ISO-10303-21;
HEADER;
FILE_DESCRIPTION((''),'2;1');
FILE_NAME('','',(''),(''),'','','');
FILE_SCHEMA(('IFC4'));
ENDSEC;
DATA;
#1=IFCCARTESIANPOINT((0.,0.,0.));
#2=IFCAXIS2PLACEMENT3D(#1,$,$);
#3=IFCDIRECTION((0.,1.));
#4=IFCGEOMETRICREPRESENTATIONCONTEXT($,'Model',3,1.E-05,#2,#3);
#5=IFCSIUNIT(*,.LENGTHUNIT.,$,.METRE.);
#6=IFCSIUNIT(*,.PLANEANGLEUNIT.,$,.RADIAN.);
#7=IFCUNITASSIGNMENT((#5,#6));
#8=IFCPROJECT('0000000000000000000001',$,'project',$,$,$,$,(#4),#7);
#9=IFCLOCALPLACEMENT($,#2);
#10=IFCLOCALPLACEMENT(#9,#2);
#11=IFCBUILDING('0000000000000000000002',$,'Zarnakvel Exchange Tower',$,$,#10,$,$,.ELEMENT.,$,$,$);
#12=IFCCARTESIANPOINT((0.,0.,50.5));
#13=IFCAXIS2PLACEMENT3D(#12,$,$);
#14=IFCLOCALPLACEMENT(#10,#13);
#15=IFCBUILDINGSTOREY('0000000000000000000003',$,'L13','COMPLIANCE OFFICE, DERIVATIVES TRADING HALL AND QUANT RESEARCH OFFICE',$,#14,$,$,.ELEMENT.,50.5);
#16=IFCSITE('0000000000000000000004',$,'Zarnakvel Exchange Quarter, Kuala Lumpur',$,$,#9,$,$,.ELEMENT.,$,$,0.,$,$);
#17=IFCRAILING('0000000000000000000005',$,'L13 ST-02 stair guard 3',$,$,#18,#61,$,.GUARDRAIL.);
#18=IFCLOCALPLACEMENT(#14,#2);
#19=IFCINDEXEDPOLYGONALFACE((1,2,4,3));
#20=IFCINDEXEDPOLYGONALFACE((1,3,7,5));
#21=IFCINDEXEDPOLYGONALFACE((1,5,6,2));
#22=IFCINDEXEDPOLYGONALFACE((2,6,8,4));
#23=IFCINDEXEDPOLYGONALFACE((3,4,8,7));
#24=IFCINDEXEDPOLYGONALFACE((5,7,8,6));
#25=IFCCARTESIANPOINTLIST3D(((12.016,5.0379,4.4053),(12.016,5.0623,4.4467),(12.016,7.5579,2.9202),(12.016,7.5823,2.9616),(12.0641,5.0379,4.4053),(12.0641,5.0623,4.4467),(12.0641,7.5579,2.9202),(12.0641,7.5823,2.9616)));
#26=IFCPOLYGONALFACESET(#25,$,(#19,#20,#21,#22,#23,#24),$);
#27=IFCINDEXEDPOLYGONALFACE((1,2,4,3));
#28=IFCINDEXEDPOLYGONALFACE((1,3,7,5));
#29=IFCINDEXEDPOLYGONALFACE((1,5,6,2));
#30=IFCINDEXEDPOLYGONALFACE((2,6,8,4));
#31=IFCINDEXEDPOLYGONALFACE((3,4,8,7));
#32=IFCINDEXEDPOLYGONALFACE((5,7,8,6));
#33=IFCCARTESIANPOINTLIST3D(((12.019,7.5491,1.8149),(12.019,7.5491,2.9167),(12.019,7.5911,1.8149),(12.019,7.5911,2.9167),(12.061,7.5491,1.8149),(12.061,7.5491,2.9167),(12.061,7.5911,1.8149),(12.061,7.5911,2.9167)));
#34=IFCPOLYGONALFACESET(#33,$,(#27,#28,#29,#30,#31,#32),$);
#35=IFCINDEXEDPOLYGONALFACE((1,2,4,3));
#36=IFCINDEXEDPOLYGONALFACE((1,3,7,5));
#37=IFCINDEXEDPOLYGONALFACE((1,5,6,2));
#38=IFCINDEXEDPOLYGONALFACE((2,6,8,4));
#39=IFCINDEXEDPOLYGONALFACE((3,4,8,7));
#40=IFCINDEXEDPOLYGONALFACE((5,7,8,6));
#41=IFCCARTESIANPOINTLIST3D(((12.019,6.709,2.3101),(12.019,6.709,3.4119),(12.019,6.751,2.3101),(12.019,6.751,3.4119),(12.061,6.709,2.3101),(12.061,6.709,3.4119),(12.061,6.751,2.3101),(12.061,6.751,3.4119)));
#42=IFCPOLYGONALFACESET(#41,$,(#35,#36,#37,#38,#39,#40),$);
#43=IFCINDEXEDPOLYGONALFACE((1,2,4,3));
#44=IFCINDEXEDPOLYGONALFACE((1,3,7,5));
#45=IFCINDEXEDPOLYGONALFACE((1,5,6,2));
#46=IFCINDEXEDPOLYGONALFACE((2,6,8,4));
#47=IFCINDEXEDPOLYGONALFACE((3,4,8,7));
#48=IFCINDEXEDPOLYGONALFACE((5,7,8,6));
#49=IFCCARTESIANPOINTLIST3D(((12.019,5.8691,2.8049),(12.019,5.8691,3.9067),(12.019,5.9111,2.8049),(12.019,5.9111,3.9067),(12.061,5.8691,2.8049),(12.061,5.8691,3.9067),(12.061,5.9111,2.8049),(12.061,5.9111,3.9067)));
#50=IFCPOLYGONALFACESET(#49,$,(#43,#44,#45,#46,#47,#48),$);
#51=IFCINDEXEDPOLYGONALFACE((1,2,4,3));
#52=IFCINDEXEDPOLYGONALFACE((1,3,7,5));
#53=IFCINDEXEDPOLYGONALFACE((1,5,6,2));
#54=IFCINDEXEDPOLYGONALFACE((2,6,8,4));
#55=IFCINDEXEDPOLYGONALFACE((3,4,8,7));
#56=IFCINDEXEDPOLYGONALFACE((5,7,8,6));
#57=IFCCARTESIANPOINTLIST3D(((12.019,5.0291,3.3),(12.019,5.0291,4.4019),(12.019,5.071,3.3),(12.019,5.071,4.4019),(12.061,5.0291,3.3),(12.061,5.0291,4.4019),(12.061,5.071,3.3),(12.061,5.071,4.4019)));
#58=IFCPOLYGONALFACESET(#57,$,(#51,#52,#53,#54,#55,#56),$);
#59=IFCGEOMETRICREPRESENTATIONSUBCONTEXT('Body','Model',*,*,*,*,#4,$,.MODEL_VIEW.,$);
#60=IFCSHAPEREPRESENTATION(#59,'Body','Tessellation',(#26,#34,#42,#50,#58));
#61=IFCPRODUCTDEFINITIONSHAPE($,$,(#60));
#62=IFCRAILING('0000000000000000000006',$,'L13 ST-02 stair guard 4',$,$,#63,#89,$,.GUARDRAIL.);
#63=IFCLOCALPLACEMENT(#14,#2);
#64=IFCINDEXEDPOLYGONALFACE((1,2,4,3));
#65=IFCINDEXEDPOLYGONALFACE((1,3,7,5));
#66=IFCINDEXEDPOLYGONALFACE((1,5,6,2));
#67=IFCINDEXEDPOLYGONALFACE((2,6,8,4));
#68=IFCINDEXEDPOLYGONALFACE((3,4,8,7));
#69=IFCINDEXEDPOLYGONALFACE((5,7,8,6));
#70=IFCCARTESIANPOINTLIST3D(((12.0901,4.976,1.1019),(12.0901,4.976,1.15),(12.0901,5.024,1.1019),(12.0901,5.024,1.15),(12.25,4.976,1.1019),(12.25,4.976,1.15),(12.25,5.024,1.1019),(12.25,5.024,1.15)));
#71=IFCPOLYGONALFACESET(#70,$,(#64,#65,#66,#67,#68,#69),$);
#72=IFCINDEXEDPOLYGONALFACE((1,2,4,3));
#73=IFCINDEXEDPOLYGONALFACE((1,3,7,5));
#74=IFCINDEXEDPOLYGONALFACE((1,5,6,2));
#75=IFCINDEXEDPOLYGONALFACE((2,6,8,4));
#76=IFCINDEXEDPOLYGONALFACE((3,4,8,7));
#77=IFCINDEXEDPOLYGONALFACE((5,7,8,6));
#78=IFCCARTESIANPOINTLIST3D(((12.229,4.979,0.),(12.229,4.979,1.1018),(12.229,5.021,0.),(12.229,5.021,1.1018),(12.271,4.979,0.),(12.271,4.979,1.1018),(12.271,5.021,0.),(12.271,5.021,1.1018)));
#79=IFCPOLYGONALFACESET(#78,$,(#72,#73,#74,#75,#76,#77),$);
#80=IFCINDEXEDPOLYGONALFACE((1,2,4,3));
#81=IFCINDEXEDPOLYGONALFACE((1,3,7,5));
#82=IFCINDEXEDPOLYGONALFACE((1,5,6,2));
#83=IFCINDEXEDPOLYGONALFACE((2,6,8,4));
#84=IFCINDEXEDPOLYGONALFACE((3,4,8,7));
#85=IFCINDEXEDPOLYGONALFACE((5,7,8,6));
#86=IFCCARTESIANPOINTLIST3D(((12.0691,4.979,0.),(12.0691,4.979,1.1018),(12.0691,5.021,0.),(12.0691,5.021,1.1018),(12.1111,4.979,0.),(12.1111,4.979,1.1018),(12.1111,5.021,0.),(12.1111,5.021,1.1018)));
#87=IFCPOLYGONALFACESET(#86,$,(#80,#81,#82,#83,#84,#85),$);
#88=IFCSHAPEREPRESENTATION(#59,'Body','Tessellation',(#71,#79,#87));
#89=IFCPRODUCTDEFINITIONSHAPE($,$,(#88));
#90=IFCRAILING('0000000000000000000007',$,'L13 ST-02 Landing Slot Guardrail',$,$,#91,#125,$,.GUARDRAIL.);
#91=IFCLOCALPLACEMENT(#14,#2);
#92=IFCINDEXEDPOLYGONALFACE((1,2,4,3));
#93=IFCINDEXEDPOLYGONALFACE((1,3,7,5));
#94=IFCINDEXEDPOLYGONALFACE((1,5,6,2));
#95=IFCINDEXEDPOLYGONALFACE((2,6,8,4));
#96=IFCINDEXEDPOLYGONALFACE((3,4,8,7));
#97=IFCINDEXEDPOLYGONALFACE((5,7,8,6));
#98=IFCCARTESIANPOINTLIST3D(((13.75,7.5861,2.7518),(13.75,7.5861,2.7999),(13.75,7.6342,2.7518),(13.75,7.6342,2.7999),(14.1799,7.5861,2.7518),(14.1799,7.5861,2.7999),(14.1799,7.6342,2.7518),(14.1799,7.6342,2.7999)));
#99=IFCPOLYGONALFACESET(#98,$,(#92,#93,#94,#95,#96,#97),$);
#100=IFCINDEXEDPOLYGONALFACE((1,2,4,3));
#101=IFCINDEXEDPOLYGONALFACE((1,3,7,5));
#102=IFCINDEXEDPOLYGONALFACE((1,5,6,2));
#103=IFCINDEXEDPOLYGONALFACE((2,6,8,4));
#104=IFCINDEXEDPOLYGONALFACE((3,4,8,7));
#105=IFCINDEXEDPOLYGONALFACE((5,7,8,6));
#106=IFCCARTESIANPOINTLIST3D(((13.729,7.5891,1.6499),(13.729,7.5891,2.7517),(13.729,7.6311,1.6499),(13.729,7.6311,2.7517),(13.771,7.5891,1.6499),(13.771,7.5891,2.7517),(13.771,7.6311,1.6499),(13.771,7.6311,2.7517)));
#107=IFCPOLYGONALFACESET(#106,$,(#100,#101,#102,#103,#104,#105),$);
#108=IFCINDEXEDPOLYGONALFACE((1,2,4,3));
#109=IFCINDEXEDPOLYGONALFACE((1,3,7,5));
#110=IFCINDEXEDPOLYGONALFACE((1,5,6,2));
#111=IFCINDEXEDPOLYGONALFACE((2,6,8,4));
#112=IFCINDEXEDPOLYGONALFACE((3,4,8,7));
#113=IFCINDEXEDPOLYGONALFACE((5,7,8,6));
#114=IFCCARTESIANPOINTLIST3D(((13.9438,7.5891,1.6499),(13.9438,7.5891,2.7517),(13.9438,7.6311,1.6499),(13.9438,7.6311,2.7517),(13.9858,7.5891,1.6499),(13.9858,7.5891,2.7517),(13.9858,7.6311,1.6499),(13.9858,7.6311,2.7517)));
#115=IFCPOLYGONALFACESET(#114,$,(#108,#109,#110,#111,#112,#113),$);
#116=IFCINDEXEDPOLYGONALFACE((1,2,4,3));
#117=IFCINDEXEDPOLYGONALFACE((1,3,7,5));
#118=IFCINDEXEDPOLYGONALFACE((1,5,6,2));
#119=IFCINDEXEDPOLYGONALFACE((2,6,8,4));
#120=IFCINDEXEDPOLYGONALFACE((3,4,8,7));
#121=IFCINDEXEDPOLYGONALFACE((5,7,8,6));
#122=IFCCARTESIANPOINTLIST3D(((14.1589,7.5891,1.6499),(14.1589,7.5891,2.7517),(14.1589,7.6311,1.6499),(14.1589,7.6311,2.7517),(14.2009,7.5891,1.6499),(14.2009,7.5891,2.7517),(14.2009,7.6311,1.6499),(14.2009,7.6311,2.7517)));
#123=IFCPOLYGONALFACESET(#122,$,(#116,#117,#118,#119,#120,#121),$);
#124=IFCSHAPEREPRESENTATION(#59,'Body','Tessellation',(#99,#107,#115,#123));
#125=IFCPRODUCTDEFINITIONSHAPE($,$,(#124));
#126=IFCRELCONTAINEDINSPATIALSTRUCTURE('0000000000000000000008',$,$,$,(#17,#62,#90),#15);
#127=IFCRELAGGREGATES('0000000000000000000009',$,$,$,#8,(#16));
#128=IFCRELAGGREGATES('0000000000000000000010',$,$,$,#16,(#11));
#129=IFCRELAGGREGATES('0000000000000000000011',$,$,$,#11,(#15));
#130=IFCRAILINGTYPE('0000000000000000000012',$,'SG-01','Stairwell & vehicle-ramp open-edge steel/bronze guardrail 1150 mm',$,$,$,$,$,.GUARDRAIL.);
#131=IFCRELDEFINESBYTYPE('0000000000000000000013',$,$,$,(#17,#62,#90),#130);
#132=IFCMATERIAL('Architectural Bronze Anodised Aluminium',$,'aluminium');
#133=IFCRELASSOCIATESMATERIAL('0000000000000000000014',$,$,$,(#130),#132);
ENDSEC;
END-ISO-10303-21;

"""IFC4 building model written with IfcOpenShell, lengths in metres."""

from ifc_helpers import new_model, si_unit, direction, frame, origin, origin_2d, place, context, subcontext, project, spatial, rectangle, extrude, material, type_object, element, save


model = new_model("IFC4")

# Units and contexts
model_context = context("Model", 3, precision=1e-05, world=origin(), true_north=direction((0.0, 1.0)))
body_context = subcontext(model_context, "Body", "Model", "MODEL_VIEW")
ifc_project = project(units=[si_unit("LENGTHUNIT", "METRE"), si_unit("PLANEANGLEUNIT", "RADIAN")], contexts=[model_context])

# Site, building, storey
site_placement = place(None, origin())
site = spatial("IfcSite", under=ifc_project, at=site_placement, Name="Zarnakvel Exchange Quarter, Kuala Lumpur", CompositionType="ELEMENT", RefElevation=0.0)
building_placement = place(site_placement, origin())
building = spatial("IfcBuilding", under=site, at=building_placement, Name="Zarnakvel Exchange Tower", CompositionType="ELEMENT")
storey_placement = place(building_placement, frame((0.0, 0.0, 50.5)))
storey = spatial("IfcBuildingStorey", under=building, at=storey_placement, Name="L13", Description="COMPLIANCE OFFICE, DERIVATIVES TRADING HALL AND QUANT RESEARCH OFFICE", CompositionType="ELEMENT", Elevation=50.5)

# Shared definitions
ifc_material_1 = material(Name="Architectural Bronze Anodised Aluminium", Category="aluminium")

# Railings
railing_type_1 = type_object("IfcRailingType", Name="SG-01", Description="Stairwell & vehicle-ramp open-edge steel/bronze guardrail 1150 mm", PredefinedType="GUARDRAIL", material=ifc_material_1)
railing_1_placement = place(storey_placement, frame((12.04, 7.5701, 1.8149)))
element("IfcRailing", 1, at=railing_1_placement, inside=storey, type_object=railing_type_1, Name="L13 ST-02 stair guard 3", PredefinedType="GUARDRAIL", context=body_context, shape_type="SweptSolid", body=[
    extrude(rectangle(XDim=0.0481, YDim=0.0481, at=origin_2d()), frame((0.0, 0.0, 1.126), z_axis=(0.0, -0.861524, 0.507717), x_axis=(1.0, 0.0, 0.0)), (0.0, 0.0, 1.0), 2.925),
    extrude(rectangle(XDim=0.042, YDim=0.042, at=origin_2d()), origin(), (0.0, 0.0, 1.0), 1.1018),
    extrude(rectangle(XDim=0.042, YDim=0.042, at=origin_2d()), frame((0.0, -0.8401, 0.4951)), (0.0, 0.0, 1.0), 1.1018),
    extrude(rectangle(XDim=0.042, YDim=0.042, at=origin_2d()), frame((0.0, -1.6799, 0.99)), (0.0, 0.0, 1.0), 1.1018),
    extrude(rectangle(XDim=0.042, YDim=0.042, at=origin_2d()), frame((0.0, -2.52, 1.4851)), (0.0, 0.0, 1.0), 1.1018),
])
railing_2_placement = place(storey_placement, frame((12.25, 5.0, 0.0)))
element("IfcRailing", 2, at=railing_2_placement, inside=storey, type_object=railing_type_1, Name="L13 ST-02 stair guard 4", PredefinedType="GUARDRAIL", context=body_context, shape_type="SweptSolid", body=[
    extrude(rectangle(XDim=0.0481, YDim=0.0481, at=origin_2d()), frame((0.0, 0.0, 1.126), z_axis=(-1.0, 0.0, 0.0), x_axis=(0.0, -1.0, 0.0)), (0.0, 0.0, 1.0), 0.1599),
    extrude(rectangle(XDim=0.042, YDim=0.042, at=origin_2d()), origin(), (0.0, 0.0, 1.0), 1.1018),
    extrude(rectangle(XDim=0.042, YDim=0.042, at=origin_2d()), frame((-0.1599, 0.0, 0.0)), (0.0, 0.0, 1.0), 1.1018),
])
railing_3_placement = place(storey_placement, frame((13.75, 7.6101, 1.6499)))
element("IfcRailing", 3, at=railing_3_placement, inside=storey, type_object=railing_type_1, Name="L13 ST-02 Landing Slot Guardrail", PredefinedType="GUARDRAIL", context=body_context, shape_type="SweptSolid", body=[
    extrude(rectangle(XDim=0.0481, YDim=0.0481, at=origin_2d()), frame((0.0, 0.0, 1.126), z_axis=(1.0, 0.0, 0.0), x_axis=(0.0, 1.0, 0.0)), (0.0, 0.0, 1.0), 0.4299),
    extrude(rectangle(XDim=0.042, YDim=0.042, at=origin_2d()), origin(), (0.0, 0.0, 1.0), 1.1018),
    extrude(rectangle(XDim=0.042, YDim=0.042, at=origin_2d()), frame((0.2148, 0.0, 0.0)), (0.0, 0.0, 1.0), 1.1018),
    extrude(rectangle(XDim=0.042, YDim=0.042, at=origin_2d()), frame((0.4299, 0.0, 0.0)), (0.0, 0.0, 1.0), 1.1018),
])

save(model, "model.ifc")
